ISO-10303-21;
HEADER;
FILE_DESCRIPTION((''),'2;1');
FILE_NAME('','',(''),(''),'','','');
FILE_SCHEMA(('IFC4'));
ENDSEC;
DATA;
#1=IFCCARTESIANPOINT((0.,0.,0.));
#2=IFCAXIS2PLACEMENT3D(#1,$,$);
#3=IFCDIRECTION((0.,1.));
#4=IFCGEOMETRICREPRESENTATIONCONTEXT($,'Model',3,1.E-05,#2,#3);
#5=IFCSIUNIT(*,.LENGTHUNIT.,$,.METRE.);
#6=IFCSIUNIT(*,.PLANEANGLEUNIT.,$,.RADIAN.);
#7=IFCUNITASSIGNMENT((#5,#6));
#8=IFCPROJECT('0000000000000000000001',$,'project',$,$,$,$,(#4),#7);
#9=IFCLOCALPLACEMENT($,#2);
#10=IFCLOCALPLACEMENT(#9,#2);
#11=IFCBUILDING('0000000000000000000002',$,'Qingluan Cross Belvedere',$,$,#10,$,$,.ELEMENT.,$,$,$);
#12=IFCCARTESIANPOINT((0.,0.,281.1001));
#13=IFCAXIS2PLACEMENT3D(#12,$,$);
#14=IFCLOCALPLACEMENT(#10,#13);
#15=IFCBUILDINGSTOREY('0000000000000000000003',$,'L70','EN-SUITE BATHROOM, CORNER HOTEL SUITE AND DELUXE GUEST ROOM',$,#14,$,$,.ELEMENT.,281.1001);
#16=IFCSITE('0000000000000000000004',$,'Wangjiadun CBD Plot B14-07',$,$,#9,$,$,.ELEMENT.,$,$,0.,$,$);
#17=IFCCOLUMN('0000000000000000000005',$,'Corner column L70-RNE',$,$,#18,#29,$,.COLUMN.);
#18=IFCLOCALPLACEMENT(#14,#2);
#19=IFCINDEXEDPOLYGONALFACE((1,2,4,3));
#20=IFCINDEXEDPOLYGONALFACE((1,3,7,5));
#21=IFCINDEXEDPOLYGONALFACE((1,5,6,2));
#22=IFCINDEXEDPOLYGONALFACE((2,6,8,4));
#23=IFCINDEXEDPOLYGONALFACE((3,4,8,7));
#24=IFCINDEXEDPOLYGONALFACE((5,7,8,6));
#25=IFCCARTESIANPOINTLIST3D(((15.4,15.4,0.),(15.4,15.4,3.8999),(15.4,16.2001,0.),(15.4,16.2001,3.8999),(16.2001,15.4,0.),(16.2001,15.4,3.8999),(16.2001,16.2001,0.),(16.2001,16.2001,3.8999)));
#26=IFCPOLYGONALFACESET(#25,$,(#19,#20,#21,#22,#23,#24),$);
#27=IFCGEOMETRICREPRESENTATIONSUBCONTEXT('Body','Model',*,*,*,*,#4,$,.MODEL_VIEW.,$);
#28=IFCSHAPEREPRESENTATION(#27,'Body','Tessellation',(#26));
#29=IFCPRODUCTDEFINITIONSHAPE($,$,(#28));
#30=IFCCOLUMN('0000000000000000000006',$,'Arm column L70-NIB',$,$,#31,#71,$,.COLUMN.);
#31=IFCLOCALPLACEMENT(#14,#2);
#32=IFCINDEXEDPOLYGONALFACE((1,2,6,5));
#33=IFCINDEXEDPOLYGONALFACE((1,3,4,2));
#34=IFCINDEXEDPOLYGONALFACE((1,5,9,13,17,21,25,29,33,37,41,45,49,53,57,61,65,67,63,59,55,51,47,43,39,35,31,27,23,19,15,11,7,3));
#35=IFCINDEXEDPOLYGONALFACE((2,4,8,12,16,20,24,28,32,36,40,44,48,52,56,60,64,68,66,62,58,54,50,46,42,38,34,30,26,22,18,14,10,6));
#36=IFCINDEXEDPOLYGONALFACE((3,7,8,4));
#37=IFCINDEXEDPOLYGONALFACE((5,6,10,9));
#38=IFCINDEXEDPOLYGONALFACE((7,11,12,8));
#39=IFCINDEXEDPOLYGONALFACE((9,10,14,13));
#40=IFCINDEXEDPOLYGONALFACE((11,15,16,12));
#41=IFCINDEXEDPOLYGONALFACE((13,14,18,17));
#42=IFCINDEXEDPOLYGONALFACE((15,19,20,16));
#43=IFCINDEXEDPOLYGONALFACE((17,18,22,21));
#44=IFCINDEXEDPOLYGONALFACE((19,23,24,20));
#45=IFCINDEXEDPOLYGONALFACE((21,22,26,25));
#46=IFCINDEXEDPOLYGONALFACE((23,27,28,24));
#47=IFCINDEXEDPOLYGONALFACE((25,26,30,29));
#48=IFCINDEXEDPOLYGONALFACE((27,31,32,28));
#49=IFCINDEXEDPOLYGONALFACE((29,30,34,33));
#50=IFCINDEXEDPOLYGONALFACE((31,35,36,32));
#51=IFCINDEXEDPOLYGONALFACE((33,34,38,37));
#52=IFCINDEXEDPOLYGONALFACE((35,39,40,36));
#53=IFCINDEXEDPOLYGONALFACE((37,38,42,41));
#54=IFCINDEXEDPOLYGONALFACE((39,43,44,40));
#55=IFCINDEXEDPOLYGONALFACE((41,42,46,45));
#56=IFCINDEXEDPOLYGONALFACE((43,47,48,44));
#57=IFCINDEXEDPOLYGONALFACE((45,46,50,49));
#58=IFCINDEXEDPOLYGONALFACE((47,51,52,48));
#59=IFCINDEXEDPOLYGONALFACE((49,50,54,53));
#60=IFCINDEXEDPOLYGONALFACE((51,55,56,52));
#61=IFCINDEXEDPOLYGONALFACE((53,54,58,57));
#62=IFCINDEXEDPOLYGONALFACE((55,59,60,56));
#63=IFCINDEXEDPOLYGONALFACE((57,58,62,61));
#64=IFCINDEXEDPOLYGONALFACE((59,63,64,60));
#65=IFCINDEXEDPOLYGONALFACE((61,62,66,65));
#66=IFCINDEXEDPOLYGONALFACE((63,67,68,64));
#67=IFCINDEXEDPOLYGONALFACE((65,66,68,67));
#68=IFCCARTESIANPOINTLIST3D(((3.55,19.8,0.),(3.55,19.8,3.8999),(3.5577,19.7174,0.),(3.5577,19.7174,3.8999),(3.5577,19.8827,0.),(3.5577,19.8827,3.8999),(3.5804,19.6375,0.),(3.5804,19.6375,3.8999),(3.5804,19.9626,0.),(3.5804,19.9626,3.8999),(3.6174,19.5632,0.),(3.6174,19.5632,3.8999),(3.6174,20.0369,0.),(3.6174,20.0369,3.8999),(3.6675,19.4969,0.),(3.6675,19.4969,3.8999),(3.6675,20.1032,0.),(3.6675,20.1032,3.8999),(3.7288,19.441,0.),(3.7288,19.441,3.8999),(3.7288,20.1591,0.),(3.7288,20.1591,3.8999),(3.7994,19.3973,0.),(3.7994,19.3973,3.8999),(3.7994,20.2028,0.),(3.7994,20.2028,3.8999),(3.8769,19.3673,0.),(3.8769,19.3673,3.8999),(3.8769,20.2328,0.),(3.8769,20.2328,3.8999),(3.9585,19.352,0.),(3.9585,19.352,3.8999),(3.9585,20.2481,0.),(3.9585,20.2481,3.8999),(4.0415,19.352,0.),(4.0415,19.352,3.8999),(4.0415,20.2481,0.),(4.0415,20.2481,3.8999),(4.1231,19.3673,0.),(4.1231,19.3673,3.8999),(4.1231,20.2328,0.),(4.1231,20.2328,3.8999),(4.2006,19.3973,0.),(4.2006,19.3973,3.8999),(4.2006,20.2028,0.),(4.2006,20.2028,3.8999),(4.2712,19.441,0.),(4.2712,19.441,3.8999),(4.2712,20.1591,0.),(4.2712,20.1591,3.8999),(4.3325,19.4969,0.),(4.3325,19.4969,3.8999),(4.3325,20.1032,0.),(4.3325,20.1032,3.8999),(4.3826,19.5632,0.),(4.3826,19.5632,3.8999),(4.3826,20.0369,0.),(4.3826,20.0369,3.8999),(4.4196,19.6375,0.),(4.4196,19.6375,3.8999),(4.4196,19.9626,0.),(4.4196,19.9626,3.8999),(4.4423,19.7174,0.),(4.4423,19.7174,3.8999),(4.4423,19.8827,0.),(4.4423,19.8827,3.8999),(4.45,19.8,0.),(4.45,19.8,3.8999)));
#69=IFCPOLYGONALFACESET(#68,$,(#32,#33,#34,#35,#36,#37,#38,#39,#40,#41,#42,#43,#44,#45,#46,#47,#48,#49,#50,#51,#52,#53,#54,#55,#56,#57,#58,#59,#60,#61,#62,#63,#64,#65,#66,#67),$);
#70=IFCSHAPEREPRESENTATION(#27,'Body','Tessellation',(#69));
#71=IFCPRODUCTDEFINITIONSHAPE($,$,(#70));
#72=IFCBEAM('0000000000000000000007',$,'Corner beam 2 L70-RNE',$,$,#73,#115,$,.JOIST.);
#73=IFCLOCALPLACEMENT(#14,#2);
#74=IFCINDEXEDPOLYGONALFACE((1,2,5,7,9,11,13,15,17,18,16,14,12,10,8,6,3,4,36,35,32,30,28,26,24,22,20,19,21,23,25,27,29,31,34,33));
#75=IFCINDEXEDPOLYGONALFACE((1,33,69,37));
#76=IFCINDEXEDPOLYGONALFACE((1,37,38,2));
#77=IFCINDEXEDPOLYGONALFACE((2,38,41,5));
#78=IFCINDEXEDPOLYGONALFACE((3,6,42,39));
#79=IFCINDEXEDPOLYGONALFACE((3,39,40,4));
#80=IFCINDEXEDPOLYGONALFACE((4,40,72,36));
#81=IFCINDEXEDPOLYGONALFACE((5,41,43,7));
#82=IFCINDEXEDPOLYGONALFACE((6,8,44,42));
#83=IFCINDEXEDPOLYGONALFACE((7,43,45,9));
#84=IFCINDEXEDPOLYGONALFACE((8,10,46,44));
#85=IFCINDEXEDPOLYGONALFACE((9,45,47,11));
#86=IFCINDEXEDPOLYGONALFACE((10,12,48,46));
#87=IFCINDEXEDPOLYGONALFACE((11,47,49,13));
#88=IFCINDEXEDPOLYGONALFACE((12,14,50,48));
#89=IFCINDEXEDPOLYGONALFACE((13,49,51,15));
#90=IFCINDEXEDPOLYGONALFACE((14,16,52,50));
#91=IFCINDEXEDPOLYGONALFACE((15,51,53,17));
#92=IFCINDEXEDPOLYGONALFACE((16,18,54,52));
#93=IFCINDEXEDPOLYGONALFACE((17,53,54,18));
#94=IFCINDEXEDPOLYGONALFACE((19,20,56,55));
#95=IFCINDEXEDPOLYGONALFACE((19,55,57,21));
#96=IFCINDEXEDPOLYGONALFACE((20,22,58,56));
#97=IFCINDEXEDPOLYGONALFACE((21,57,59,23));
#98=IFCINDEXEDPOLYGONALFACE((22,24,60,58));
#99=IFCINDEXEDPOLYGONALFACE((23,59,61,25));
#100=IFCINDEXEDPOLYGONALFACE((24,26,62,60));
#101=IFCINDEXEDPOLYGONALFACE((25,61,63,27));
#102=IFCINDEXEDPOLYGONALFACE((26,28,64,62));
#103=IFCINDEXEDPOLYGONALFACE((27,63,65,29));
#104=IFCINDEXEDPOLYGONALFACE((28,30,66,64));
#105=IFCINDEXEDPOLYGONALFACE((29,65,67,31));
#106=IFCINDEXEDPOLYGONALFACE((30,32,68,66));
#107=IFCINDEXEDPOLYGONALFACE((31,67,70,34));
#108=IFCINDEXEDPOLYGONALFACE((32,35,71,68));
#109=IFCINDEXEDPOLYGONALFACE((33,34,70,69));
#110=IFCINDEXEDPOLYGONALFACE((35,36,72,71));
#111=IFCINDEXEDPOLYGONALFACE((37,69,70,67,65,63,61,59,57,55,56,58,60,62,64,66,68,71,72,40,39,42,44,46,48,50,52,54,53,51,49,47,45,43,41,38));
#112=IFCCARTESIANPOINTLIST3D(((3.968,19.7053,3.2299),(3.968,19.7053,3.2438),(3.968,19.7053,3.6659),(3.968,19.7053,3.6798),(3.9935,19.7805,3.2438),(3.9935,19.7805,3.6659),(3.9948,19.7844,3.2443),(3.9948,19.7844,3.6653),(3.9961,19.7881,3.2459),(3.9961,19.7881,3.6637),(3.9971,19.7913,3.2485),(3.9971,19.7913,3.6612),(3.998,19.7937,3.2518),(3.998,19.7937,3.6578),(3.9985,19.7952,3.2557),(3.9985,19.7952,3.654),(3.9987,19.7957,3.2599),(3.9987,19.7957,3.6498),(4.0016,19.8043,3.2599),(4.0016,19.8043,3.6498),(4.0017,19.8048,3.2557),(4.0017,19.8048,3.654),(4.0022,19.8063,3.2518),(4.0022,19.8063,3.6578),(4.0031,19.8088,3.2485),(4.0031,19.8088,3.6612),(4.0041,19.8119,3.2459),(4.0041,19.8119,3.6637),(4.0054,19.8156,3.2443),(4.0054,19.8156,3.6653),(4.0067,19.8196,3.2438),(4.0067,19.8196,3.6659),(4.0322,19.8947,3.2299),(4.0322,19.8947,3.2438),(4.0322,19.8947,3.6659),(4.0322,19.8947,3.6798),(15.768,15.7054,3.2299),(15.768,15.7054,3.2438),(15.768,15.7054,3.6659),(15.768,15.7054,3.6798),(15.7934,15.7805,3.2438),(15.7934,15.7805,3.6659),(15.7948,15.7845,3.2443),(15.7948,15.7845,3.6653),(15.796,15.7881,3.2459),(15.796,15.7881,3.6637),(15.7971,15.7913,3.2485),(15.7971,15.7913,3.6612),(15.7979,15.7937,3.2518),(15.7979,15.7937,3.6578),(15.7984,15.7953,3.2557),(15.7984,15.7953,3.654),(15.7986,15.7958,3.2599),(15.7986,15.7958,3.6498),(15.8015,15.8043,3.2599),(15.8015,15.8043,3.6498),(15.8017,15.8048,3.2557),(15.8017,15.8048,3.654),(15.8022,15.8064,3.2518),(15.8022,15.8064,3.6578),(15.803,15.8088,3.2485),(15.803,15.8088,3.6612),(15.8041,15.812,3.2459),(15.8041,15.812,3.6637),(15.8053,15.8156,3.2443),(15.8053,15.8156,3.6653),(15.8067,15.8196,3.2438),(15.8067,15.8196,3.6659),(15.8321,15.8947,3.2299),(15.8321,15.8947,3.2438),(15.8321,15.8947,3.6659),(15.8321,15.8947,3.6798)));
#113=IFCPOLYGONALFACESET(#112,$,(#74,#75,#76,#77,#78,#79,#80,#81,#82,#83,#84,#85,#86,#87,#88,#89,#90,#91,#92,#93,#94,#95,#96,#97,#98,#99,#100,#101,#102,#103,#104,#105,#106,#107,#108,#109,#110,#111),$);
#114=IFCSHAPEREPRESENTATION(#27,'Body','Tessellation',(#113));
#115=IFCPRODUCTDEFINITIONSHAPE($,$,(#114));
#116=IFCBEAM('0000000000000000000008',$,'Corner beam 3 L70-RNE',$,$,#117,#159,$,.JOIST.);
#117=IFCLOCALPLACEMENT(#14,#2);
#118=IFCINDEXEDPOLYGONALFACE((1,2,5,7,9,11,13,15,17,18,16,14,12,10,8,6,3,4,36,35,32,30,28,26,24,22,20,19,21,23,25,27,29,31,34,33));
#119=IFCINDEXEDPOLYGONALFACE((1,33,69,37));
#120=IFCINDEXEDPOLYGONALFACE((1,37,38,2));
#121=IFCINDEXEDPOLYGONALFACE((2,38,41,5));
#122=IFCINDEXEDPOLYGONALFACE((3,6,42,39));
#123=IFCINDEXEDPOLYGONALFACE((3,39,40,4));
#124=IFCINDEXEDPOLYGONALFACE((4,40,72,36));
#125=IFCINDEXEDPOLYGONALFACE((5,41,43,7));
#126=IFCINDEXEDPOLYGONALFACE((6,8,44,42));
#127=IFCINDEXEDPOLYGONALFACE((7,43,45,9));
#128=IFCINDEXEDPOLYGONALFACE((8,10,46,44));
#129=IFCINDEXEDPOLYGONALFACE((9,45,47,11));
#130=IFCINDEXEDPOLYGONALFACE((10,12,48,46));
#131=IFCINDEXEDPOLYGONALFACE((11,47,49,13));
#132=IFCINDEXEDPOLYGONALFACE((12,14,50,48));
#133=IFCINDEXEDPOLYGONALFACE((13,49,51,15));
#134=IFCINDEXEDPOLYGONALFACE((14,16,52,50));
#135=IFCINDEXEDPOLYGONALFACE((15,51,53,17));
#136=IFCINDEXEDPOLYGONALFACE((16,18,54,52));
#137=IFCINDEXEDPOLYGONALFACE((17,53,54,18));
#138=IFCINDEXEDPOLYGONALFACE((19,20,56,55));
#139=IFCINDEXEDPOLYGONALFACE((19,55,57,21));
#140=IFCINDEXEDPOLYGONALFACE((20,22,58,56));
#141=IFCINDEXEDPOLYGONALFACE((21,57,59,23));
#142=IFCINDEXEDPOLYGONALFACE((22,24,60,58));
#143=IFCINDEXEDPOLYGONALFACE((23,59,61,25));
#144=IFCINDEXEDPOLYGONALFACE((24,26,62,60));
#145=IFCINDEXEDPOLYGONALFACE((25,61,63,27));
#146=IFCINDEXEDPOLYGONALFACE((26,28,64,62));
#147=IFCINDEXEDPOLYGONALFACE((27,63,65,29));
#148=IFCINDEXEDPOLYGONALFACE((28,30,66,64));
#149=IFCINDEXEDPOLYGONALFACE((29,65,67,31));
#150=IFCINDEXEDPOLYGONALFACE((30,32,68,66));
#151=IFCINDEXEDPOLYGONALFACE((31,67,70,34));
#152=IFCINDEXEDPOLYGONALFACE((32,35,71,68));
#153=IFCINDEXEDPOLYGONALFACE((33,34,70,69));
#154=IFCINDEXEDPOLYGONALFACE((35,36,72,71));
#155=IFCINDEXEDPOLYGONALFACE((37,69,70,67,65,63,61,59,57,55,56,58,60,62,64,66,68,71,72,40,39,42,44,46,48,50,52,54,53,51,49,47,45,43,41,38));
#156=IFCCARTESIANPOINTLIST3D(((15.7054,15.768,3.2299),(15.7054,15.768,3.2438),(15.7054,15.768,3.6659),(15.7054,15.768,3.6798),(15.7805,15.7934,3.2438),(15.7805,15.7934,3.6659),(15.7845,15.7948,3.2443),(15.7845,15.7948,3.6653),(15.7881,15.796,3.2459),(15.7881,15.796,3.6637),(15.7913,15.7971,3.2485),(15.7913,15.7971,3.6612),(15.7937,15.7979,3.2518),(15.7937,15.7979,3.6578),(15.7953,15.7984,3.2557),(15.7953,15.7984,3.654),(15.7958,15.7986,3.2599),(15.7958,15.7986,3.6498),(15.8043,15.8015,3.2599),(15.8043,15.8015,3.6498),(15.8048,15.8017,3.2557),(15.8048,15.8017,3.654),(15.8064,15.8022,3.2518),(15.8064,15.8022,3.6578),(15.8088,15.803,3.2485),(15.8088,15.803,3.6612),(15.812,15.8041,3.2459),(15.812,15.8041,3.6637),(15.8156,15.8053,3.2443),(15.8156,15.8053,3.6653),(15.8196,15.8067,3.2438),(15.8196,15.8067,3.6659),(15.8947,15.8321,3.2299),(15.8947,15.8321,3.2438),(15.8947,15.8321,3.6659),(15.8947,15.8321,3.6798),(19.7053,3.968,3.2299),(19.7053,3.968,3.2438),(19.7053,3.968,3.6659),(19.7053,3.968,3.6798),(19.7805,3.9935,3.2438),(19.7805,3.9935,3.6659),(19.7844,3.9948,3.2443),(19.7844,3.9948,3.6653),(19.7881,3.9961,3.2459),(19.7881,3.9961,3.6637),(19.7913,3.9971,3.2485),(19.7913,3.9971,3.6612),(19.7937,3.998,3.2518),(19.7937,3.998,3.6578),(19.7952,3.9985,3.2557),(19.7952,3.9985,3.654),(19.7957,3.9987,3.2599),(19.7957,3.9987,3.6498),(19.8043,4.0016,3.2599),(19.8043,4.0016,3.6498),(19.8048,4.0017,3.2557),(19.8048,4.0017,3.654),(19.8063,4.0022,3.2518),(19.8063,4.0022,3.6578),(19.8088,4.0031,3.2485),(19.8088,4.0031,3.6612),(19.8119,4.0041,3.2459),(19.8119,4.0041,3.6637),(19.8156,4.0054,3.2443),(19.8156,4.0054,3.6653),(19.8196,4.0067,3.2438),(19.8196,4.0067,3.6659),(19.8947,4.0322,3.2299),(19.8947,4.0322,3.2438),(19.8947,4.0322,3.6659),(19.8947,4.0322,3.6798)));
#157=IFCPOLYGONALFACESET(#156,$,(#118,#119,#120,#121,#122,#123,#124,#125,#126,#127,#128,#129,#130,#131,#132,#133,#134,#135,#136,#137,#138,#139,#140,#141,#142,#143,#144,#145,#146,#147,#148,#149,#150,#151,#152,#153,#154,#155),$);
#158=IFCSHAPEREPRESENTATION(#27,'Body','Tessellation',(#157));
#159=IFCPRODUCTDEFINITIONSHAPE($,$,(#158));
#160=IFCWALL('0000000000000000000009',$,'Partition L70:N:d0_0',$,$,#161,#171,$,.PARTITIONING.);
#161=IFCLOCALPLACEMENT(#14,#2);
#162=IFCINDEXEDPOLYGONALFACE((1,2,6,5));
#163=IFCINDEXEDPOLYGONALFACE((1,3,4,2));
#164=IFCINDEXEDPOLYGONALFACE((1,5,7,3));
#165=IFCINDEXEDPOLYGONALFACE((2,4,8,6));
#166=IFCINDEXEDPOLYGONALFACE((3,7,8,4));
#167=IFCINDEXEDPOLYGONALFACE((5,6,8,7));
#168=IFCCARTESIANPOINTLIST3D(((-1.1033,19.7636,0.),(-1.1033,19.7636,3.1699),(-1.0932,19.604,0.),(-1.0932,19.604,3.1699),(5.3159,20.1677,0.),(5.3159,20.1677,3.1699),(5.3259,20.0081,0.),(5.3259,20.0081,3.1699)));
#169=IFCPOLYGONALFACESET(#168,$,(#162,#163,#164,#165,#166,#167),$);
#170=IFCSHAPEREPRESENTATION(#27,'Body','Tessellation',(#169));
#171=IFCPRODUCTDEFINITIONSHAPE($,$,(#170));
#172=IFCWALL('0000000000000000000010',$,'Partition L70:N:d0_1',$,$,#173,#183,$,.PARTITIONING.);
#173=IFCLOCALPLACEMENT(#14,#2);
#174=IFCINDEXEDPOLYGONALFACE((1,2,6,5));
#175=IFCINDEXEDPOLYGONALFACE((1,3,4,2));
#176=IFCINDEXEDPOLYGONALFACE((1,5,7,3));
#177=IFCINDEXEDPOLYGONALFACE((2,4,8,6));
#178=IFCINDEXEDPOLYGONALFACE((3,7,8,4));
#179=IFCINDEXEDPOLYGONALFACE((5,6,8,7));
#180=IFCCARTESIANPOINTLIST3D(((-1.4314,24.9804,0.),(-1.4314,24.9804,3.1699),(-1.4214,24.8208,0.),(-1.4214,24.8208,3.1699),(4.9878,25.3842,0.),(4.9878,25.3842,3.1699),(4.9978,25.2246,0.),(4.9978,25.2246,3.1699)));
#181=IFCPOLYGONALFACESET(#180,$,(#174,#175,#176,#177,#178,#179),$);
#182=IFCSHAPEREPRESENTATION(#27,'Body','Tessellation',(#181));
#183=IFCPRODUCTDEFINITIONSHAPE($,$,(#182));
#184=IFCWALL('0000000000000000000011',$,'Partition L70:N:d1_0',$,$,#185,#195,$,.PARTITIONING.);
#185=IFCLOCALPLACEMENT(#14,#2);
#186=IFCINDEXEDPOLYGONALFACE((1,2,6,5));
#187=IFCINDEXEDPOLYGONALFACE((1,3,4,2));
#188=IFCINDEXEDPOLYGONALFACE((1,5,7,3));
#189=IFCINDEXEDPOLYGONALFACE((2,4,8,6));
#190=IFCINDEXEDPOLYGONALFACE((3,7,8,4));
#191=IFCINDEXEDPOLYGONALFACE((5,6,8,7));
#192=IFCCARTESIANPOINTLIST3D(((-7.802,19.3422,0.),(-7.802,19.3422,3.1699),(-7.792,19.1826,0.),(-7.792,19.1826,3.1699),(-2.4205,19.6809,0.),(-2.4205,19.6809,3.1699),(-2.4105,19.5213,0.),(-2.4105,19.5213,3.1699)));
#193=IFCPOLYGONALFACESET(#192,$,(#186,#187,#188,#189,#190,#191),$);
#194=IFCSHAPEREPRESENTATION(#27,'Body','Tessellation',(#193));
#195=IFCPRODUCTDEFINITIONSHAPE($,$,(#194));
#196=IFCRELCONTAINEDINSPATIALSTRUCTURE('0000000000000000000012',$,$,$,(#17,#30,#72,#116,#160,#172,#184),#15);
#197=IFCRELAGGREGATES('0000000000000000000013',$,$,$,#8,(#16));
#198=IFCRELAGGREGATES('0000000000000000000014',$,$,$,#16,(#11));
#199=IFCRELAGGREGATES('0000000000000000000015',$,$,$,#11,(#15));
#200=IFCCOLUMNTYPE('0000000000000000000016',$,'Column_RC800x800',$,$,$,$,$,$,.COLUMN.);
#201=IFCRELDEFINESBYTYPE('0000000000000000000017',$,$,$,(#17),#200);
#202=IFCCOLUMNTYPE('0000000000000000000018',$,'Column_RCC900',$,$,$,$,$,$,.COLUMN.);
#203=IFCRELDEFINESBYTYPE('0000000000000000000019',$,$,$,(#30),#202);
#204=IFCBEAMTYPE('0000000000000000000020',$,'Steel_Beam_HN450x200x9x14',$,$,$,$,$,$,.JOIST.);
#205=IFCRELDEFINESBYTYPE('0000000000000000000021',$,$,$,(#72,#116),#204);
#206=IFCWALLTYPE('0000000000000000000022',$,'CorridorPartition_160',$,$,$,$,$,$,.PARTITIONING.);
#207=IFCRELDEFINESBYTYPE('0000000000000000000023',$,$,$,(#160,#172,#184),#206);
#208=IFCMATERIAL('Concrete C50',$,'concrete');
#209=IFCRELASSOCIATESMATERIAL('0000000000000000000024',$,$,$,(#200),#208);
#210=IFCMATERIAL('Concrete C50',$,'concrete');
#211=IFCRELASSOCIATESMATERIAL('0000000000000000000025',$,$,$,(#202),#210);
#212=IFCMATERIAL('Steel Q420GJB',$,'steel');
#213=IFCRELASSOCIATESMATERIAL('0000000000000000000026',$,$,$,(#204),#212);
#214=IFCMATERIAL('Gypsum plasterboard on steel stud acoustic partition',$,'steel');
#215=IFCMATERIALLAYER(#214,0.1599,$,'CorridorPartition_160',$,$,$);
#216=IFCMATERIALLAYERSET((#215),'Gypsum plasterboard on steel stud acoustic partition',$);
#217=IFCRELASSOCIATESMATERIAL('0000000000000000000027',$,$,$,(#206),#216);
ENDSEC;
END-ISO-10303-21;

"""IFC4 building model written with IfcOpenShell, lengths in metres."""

from ifc_helpers import new_model, si_unit, direction, frame, frame_2d, origin, origin_2d, place, context, subcontext, project, spatial, rectangle, circle, i_section, extrude, material, layer, layer_set, material_profile, profile_set, type_object, element, save


model = new_model("IFC4")

# Units and contexts
model_context = context("Model", 3, precision=1e-05, world=origin(), true_north=direction((0.0, 1.0)))
body_context = subcontext(model_context, "Body", "Model", "MODEL_VIEW")
ifc_project = project(units=[si_unit("LENGTHUNIT", "METRE"), si_unit("PLANEANGLEUNIT", "RADIAN")], contexts=[model_context])

# Site, building, storey
site_placement = place(None, origin())
site = spatial("IfcSite", under=ifc_project, at=site_placement, Name="Wangjiadun CBD Plot B14-07", CompositionType="ELEMENT", RefElevation=0.0)
building_placement = place(site_placement, origin())
building = spatial("IfcBuilding", under=site, at=building_placement, Name="Qingluan Cross Belvedere", CompositionType="ELEMENT")
storey_placement = place(building_placement, frame((0.0, 0.0, 281.1001)))
storey = spatial("IfcBuildingStorey", under=building, at=storey_placement, Name="L70", Description="EN-SUITE BATHROOM, CORNER HOTEL SUITE AND DELUXE GUEST ROOM", CompositionType="ELEMENT", Elevation=281.1001)

# Columns
ifc_material_1 = material(Name="Concrete C50", Category="concrete")
ifc_material_profile_1 = material_profile(ifc_material_1, rectangle(XDim=0.8, YDim=0.8, at=origin_2d()), Name="RC800x800")
ifc_profile_set_1 = profile_set([ifc_material_profile_1], Name="Concrete C50")
column_type_1 = type_object("IfcColumnType", Name="Column_RC800x800", PredefinedType="COLUMN", material=ifc_profile_set_1)
column_1_placement = place(storey_placement, frame((15.8, 15.8, 0.0), z_axis=(0.0, 0.0, 1.0), x_axis=(1.0, 0.0, 0.0)))
element("IfcColumn", 1, at=column_1_placement, inside=storey, type_object=column_type_1, Name="Corner column L70-RNE", PredefinedType="COLUMN", context=body_context, shape_type="SweptSolid", body=[
    extrude(rectangle(XDim=0.8, YDim=0.8, at=origin_2d()), origin(), (0.0, 0.0, 1.0), 3.8999),
])
ifc_material_2 = material(Name="Concrete C50", Category="concrete")
ifc_material_profile_2 = material_profile(ifc_material_2, circle(Radius=0.45, at=origin_2d()), Name="RCC900")
ifc_profile_set_2 = profile_set([ifc_material_profile_2], Name="Concrete C50")
column_type_2 = type_object("IfcColumnType", Name="Column_RCC900", PredefinedType="COLUMN", material=ifc_profile_set_2)
column_2_placement = place(storey_placement, frame((4.0, 19.8, 0.0), z_axis=(0.0, 0.0, 1.0), x_axis=(1.0, 0.0, 0.0)))
element("IfcColumn", 2, at=column_2_placement, inside=storey, type_object=column_type_2, Name="Arm column L70-NIB", PredefinedType="COLUMN", context=body_context, shape_type="SweptSolid", body=[
    extrude(circle(Radius=0.45, at=origin_2d()), origin(), (0.0, 0.0, 1.0), 3.8999),
])

# Beams
ifc_material_3 = material(Name="Steel Q420GJB", Category="steel")
ifc_material_profile_3 = material_profile(ifc_material_3, i_section(OverallWidth=0.2, OverallDepth=0.45, WebThickness=0.009, FlangeThickness=0.0139, FilletRadius=0.0161, at=origin_2d()), Name="HN450x200x9x14")
ifc_profile_set_3 = profile_set([ifc_material_profile_3], Name="Steel Q420GJB")
beam_type = type_object("IfcBeamType", Name="Steel_Beam_HN450x200x9x14", PredefinedType="JOIST", material=ifc_profile_set_3)
for number, where, z_axis, x_axis, name in (
    (3, (15.8, 15.8, 3.4548), (-0.947066, 0.321038, 0.0), (-0.321038, -0.947066, 0.0), "Corner beam 2 L70-RNE"),
    (4, (15.8, 15.8, 3.4548), (0.321038, -0.947066, 0.0), (0.947066, 0.321038, 0.0), "Corner beam 3 L70-RNE"),
):
    element("IfcBeam", number, at=place(storey_placement, frame(where, z_axis=z_axis, x_axis=x_axis)), inside=storey, type_object=beam_type, Name=name, PredefinedType="JOIST", context=body_context, shape_type="SweptSolid", body=[
        extrude(i_section(OverallWidth=0.2, OverallDepth=0.45, WebThickness=0.009, FlangeThickness=0.0139, FilletRadius=0.0161, at=origin_2d()), origin(), (0.0, 0.0, 1.0), 12.4595),
    ])

# Walls
ifc_material_4 = material(Name="Gypsum plasterboard on steel stud acoustic partition", Category="steel")
ifc_layer_1 = layer(ifc_material_4, 0.1599, Name="CorridorPartition_160")
ifc_layer_set_1 = layer_set([ifc_layer_1], Name="Gypsum plasterboard on steel stud acoustic partition")
wall_type_1 = type_object("IfcWallType", Name="CorridorPartition_160", PredefinedType="PARTITIONING", material=ifc_layer_set_1)
for number, where, z_axis, x_axis, name in (
    (5, (-1.0981, 19.6838, 0.0), (0.0, 0.0, 1.0), (0.998025, 0.06282, 0.0), "Partition L70:N:d0_0"),
    (6, (-1.4263, 24.9006, 0.0), (0.0, 0.0, 1.0), (0.998027, 0.062782, 0.0), "Partition L70:N:d0_1"),
):
    element("IfcWall", number, at=place(storey_placement, frame(where, z_axis=z_axis, x_axis=x_axis)), inside=storey, type_object=wall_type_1, Name=name, PredefinedType="PARTITIONING", context=body_context, shape_type="SweptSolid", body=[
        extrude(rectangle(XDim=6.4319, YDim=0.1599, at=frame_2d((3.2158, 0.0))), origin(), (0.0, 0.0, 1.0), 3.1699),
    ])
wall_1_placement = place(storey_placement, frame((-2.4155, 19.6011, 0.0), z_axis=(0.0, 0.0, 1.0), x_axis=(-0.998026, -0.062801, 0.0)))
element("IfcWall", 7, at=wall_1_placement, inside=storey, type_object=wall_type_1, Name="Partition L70:N:d1_0", PredefinedType="PARTITIONING", context=body_context, shape_type="SweptSolid", body=[
    extrude(rectangle(XDim=5.3921, YDim=0.1599, at=frame_2d((2.696, 0.0))), origin(), (0.0, 0.0, 1.0), 3.1699),
])

save(model, "model.ifc")
